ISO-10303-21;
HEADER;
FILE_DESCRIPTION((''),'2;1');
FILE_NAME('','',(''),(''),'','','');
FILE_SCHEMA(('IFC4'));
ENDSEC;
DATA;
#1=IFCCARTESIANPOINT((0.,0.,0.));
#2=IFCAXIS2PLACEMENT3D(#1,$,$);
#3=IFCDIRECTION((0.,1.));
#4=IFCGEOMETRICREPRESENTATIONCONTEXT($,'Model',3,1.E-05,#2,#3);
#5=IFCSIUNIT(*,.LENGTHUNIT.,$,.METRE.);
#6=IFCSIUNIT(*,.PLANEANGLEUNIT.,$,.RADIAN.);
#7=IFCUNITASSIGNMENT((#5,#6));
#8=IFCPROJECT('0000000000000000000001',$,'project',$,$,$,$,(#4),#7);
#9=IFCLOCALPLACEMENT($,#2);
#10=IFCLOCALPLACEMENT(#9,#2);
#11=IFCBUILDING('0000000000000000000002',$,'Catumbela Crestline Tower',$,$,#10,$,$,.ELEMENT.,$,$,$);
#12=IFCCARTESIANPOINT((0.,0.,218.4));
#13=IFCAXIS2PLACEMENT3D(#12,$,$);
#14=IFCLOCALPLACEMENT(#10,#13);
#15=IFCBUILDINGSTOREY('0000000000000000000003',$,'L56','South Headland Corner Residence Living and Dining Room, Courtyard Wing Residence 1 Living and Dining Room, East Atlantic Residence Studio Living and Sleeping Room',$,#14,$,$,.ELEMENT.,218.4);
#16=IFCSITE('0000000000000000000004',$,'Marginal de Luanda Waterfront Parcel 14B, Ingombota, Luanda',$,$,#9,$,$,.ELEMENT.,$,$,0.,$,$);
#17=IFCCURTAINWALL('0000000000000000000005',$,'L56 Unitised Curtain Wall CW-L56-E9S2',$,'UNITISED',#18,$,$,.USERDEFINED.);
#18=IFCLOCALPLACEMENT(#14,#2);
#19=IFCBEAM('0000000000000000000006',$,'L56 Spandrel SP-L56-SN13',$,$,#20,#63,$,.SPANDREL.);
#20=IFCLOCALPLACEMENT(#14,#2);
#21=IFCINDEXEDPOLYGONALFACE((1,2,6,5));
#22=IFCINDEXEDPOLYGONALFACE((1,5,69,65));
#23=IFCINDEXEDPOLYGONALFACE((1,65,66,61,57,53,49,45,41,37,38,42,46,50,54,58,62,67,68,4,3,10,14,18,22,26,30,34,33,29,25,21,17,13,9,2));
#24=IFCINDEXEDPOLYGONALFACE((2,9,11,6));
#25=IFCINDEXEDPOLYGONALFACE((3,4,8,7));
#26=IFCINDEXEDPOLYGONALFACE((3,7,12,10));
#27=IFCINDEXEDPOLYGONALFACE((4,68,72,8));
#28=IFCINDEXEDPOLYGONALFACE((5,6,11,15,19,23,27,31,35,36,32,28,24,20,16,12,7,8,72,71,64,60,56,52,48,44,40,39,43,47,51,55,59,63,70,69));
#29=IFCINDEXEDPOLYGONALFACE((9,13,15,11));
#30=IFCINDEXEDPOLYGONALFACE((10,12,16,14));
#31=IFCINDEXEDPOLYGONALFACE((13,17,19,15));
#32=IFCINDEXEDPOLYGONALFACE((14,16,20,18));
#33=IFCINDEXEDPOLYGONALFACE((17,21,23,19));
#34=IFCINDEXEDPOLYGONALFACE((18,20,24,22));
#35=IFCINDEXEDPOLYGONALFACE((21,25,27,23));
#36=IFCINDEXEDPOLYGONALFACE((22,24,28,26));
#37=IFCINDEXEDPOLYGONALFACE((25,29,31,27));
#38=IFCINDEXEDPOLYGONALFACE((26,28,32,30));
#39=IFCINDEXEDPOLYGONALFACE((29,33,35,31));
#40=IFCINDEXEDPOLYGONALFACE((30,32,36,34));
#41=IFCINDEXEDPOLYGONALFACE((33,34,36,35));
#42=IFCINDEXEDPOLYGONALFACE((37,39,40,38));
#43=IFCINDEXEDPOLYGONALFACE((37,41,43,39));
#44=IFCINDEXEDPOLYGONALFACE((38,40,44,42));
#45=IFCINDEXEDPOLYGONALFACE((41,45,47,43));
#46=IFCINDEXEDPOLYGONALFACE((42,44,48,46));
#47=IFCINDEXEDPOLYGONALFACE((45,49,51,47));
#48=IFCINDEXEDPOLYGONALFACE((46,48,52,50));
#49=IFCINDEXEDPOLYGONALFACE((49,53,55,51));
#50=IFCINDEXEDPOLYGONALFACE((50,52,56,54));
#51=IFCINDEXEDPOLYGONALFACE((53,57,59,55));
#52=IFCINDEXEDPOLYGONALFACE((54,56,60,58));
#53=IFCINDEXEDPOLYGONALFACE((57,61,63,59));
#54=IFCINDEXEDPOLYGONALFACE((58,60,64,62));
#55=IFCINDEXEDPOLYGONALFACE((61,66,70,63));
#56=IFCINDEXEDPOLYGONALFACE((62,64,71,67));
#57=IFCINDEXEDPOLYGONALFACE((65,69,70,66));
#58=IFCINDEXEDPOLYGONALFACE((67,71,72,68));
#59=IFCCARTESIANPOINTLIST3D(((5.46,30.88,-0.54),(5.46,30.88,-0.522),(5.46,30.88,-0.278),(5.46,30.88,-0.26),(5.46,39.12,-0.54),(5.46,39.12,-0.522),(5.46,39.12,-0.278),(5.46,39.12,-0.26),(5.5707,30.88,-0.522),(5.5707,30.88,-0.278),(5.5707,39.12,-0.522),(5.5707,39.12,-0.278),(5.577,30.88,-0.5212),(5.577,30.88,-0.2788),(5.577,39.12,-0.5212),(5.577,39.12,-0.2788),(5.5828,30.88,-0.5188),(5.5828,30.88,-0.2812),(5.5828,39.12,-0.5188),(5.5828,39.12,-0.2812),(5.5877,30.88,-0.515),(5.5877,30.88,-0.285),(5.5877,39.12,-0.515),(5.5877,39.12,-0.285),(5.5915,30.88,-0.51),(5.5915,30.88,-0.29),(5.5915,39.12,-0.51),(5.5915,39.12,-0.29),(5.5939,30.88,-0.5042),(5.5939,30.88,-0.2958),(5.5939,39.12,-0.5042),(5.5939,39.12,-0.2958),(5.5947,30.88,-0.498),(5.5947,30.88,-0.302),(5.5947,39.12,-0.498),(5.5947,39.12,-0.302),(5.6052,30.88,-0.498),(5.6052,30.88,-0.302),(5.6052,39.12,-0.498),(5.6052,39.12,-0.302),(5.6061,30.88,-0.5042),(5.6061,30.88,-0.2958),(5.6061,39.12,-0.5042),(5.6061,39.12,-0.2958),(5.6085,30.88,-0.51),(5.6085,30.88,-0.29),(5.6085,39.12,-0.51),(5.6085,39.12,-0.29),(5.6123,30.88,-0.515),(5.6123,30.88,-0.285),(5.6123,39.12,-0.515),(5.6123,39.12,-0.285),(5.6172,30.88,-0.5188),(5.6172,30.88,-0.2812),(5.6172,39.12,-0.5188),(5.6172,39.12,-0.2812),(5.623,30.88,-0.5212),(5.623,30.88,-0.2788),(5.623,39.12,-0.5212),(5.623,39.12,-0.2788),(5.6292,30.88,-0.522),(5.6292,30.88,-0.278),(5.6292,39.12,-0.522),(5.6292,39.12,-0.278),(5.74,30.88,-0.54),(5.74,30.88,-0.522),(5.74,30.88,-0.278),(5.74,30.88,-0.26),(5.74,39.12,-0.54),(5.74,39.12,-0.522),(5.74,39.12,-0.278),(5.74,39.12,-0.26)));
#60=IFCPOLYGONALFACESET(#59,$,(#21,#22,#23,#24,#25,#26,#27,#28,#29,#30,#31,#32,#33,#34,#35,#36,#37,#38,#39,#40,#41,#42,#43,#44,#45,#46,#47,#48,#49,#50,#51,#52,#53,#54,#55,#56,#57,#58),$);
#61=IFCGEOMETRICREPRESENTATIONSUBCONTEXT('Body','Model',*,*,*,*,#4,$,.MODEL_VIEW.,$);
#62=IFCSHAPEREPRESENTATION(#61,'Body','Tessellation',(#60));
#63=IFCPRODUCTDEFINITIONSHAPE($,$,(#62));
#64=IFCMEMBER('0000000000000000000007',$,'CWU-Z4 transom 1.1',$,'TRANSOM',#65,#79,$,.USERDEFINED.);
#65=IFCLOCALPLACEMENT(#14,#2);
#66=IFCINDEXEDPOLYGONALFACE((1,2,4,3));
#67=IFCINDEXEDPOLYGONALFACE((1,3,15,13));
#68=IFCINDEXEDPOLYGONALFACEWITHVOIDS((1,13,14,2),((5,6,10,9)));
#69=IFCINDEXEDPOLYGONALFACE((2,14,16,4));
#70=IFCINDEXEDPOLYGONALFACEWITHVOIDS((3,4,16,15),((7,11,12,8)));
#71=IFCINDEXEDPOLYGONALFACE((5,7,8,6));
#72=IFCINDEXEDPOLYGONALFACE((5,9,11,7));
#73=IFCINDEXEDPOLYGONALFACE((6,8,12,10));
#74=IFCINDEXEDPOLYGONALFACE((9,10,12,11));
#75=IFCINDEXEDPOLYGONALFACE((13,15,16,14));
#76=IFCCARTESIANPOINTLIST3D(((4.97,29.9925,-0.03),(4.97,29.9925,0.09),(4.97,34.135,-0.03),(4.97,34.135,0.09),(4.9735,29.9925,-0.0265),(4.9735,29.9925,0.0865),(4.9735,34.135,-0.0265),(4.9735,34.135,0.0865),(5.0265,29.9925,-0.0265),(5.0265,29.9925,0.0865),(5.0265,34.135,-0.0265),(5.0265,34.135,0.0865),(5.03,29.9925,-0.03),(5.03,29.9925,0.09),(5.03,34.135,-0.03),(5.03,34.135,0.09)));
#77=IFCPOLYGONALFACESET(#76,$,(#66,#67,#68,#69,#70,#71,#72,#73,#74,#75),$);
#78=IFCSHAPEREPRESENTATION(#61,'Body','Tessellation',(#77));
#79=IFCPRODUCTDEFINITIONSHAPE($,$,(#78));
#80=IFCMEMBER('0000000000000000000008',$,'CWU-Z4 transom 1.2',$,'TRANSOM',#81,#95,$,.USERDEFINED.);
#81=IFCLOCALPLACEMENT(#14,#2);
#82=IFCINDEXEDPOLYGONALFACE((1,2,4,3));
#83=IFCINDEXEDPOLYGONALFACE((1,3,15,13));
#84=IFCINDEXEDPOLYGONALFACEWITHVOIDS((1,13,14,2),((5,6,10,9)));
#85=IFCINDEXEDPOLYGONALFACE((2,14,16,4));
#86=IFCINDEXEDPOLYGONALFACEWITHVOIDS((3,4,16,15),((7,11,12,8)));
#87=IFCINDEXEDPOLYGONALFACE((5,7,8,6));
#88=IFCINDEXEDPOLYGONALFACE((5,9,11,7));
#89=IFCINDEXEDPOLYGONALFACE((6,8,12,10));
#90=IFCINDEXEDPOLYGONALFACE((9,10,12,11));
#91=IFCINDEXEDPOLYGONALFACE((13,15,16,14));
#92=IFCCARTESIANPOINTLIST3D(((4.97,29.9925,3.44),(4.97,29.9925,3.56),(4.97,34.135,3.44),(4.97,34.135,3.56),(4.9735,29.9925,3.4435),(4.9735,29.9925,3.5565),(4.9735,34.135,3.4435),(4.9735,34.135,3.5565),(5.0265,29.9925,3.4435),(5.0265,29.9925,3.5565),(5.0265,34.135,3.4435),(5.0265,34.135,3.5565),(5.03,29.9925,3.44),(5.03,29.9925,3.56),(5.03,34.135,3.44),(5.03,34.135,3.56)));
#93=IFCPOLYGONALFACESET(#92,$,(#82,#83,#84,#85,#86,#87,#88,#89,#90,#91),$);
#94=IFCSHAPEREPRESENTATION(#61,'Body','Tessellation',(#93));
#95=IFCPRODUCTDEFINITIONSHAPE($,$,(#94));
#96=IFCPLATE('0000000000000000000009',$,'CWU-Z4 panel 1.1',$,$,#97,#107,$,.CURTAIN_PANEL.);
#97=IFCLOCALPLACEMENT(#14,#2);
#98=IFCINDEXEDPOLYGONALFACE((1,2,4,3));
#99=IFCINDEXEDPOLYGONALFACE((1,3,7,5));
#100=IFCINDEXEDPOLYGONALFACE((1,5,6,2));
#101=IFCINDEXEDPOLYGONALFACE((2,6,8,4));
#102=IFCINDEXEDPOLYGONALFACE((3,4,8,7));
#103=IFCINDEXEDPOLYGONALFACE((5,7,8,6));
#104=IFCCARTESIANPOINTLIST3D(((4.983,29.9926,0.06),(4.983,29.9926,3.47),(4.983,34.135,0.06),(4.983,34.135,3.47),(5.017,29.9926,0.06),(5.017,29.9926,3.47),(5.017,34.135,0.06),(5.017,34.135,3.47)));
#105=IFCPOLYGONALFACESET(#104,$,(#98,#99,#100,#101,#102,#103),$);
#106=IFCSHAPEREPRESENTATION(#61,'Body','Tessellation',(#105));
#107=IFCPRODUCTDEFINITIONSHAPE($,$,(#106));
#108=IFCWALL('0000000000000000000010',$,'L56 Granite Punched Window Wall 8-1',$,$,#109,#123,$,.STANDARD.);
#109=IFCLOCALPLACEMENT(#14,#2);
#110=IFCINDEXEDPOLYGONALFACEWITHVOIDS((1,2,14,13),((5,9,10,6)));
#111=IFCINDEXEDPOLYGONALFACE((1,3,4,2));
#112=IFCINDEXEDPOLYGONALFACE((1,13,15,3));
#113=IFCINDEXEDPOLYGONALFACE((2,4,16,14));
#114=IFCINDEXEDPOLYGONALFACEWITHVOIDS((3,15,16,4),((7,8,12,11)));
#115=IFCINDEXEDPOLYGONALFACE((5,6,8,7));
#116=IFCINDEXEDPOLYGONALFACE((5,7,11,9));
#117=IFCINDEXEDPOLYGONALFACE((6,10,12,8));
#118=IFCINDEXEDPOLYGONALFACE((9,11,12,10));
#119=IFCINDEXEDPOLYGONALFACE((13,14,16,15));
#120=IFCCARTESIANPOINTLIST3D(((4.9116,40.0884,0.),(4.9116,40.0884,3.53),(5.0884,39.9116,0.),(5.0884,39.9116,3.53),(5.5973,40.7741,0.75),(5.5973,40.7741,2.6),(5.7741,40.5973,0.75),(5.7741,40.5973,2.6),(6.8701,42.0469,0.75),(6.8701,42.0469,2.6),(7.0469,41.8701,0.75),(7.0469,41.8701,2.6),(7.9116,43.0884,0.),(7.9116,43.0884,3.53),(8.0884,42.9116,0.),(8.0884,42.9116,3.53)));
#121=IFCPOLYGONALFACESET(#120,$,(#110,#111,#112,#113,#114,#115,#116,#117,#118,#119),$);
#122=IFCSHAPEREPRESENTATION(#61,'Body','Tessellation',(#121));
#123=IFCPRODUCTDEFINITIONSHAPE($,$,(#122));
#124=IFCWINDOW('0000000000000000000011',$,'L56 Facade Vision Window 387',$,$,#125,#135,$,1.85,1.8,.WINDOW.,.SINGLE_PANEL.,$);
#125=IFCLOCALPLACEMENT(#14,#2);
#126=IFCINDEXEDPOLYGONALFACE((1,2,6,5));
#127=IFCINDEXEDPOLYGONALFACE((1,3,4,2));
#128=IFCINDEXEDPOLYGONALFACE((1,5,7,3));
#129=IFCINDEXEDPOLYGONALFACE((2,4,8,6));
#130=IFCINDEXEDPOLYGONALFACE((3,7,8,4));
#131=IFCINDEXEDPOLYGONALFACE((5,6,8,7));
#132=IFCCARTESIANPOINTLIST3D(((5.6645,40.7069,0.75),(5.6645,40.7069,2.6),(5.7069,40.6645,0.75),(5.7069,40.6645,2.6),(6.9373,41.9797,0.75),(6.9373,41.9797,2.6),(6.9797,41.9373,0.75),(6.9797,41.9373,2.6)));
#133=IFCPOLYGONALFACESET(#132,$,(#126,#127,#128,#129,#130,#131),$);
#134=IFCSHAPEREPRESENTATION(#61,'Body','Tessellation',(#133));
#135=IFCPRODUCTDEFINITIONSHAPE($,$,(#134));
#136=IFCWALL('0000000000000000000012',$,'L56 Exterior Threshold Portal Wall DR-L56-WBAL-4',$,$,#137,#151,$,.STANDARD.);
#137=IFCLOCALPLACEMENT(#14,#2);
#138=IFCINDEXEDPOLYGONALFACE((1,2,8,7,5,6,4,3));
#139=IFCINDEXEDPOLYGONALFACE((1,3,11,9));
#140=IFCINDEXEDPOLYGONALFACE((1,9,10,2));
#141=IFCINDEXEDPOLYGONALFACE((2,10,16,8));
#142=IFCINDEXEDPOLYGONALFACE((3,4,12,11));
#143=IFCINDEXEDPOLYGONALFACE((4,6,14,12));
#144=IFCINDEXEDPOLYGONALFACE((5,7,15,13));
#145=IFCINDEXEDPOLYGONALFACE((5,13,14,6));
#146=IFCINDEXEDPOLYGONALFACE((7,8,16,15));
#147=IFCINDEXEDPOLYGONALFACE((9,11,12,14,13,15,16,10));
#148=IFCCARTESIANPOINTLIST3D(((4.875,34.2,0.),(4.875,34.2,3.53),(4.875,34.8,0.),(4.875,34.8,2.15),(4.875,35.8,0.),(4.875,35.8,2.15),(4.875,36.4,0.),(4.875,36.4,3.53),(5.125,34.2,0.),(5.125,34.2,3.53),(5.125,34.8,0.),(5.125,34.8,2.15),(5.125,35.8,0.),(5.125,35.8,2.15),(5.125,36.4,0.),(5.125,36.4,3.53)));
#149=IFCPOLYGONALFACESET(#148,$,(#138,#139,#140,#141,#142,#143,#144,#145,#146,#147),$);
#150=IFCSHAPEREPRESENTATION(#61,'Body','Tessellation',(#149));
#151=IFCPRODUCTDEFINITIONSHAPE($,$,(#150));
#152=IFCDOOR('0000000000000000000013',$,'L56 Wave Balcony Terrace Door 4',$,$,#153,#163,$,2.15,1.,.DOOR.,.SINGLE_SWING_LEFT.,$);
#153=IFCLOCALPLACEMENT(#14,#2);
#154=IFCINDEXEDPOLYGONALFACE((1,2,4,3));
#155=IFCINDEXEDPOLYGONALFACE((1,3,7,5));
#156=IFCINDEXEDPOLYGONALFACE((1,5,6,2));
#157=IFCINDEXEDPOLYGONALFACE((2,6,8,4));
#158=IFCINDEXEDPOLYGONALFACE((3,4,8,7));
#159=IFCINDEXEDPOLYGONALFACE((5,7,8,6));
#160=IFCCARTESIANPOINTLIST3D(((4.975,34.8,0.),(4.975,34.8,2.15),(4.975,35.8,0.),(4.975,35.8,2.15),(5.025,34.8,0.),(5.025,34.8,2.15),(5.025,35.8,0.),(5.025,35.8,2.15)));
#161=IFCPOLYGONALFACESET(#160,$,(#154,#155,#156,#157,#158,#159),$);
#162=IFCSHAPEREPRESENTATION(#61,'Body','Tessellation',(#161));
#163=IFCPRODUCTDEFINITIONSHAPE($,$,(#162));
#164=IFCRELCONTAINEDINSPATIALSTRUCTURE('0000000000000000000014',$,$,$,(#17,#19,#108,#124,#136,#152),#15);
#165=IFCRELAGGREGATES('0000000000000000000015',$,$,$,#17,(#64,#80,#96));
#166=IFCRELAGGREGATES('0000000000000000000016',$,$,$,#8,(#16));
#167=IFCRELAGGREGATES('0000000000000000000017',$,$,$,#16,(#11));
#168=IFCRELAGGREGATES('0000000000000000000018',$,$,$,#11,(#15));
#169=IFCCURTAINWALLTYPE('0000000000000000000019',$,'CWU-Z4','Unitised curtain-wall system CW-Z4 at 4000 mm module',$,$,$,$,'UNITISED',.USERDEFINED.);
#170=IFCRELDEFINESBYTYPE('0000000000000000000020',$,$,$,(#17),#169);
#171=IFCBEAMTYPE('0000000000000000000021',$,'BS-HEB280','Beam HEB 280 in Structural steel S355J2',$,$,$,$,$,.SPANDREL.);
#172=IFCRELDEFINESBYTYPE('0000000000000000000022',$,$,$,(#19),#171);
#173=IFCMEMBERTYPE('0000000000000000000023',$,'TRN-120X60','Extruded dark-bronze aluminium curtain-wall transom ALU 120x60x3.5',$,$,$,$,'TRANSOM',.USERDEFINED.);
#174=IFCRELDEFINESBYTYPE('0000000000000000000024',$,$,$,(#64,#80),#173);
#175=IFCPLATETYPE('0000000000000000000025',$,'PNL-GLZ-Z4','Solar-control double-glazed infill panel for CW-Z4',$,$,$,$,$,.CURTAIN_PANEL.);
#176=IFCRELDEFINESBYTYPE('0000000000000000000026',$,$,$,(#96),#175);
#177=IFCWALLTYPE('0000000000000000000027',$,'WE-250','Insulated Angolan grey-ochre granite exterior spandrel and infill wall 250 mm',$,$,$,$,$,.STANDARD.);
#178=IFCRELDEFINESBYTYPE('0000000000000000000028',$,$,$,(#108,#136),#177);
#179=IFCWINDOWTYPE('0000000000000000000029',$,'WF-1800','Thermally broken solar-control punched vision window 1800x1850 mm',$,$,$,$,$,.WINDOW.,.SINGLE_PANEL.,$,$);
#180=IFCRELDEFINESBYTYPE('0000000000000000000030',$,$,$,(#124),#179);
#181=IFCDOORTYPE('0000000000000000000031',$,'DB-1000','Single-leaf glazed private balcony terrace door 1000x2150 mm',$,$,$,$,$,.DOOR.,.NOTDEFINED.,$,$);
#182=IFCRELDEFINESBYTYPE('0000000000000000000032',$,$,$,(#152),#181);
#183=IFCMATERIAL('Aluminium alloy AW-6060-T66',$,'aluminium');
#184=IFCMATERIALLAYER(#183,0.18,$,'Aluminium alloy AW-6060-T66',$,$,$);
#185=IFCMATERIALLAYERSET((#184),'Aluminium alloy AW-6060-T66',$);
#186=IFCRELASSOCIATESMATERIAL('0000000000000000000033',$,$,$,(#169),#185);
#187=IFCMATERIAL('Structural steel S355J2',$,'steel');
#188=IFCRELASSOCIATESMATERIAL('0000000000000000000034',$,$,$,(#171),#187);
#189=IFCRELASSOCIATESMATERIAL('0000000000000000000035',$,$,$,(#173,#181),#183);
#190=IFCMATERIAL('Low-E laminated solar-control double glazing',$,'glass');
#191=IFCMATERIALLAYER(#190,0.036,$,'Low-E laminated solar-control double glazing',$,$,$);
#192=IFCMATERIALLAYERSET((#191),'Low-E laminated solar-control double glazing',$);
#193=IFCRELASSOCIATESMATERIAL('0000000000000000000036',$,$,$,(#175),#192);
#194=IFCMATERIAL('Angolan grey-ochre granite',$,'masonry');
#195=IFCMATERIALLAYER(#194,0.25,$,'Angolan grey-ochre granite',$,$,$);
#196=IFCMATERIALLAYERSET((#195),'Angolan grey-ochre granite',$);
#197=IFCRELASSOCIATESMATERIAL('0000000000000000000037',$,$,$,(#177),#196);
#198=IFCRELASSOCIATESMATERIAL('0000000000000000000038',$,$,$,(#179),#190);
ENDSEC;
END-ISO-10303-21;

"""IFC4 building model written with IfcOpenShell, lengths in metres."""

from ifc_helpers import new_model, si_unit, direction, frame, frame_2d, origin, origin_2d, place, context, subcontext, project, spatial, rectangle, hollow_rectangle, i_section, extrude, material, layer, layer_set, material_profile, profile_set, type_object, element, fill, aggregate, save


model = new_model("IFC4")

# Units and contexts
model_context = context("Model", 3, precision=1e-05, world=origin(), true_north=direction((0.0, 1.0)))
body_context = subcontext(model_context, "Body", "Model", "MODEL_VIEW")
ifc_project = project(units=[si_unit("LENGTHUNIT", "METRE"), si_unit("PLANEANGLEUNIT", "RADIAN")], contexts=[model_context])

# Site, building, storey
site_placement = place(None, origin())
site = spatial("IfcSite", under=ifc_project, at=site_placement, Name="Marginal de Luanda Waterfront Parcel 14B, Ingombota, Luanda", CompositionType="ELEMENT", RefElevation=0.0)
building_placement = place(site_placement, origin())
building = spatial("IfcBuilding", under=site, at=building_placement, Name="Catumbela Crestline Tower", CompositionType="ELEMENT")
storey_placement = place(building_placement, frame((0.0, 0.0, 218.4)))
storey = spatial("IfcBuildingStorey", under=building, at=storey_placement, Name="L56", Description="South Headland Corner Residence Living and Dining Room, Courtyard Wing Residence 1 Living and Dining Room, East Atlantic Residence Studio Living and Sleeping Room", CompositionType="ELEMENT", Elevation=218.4)

# Shared definitions
ifc_material_1 = material(Name="Structural steel S355J2", Category="steel")

# Curtain wall
ifc_material_2 = material(Name="Aluminium alloy AW-6060-T66", Category="aluminium")
ifc_layer_1 = layer(ifc_material_2, 0.18, Name="Aluminium alloy AW-6060-T66")
ifc_layer_set_1 = layer_set([ifc_layer_1], Name="Aluminium alloy AW-6060-T66")
curtain_wall_type = type_object("IfcCurtainWallType", Name="CWU-Z4", Description="Unitised curtain-wall system CW-Z4 at 4000 mm module", ElementType="UNITISED", PredefinedType="USERDEFINED", material=ifc_layer_set_1)
curtain_wall_1_placement = place(storey_placement, origin())
curtain_wall_1 = element("IfcCurtainWall", 1, at=curtain_wall_1_placement, inside=storey, type_object=curtain_wall_type, Name="L56 Unitised Curtain Wall CW-L56-E9S2", ObjectType="UNITISED", PredefinedType="USERDEFINED")

# Beam
ifc_material_profile_1 = material_profile(ifc_material_1, i_section(OverallWidth=0.28, OverallDepth=0.28, WebThickness=0.0105, FlangeThickness=0.018, FilletRadius=0.024, at=origin_2d()), Name="HEB 280")
ifc_profile_set_1 = profile_set([ifc_material_profile_1], Name="Structural steel S355J2")
beam_type = type_object("IfcBeamType", Name="BS-HEB280", Description="Beam HEB 280 in Structural steel S355J2", PredefinedType="SPANDREL", material=ifc_profile_set_1)
beam_1_placement = place(storey_placement, frame((5.6, 30.88, -0.4), z_axis=(0.0, 1.0, 0.0), x_axis=(-1.0, 0.0, 0.0)))
element("IfcBeam", 2, at=beam_1_placement, inside=storey, type_object=beam_type, Name="L56 Spandrel SP-L56-SN13", PredefinedType="SPANDREL", context=body_context, shape_type="SweptSolid", body=[
    extrude(i_section(OverallWidth=0.28, OverallDepth=0.28, WebThickness=0.0105, FlangeThickness=0.018, FilletRadius=0.024, at=origin_2d()), origin(), (0.0, 0.0, 1.0), 8.24),
])

# Members
ifc_material_profile_2 = material_profile(ifc_material_2, hollow_rectangle(XDim=0.06, YDim=0.12, WallThickness=0.0035, at=origin_2d()), Name="ALU 120x60x3.5")
ifc_profile_set_2 = profile_set([ifc_material_profile_2], Name="Aluminium alloy AW-6060-T66")
member_type_1 = type_object("IfcMemberType", Name="TRN-120X60", Description="Extruded dark-bronze aluminium curtain-wall transom ALU 120x60x3.5", ElementType="TRANSOM", PredefinedType="USERDEFINED", material=ifc_profile_set_2)
member_1_placement = place(storey_placement, frame((5.0, 34.135, 0.03), z_axis=(0.0, -1.0, 0.0), x_axis=(1.0, 0.0, 0.0)))
member_1 = element("IfcMember", 3, at=member_1_placement, type_object=member_type_1, Name="CWU-Z4 transom 1.1", ObjectType="TRANSOM", PredefinedType="USERDEFINED", context=body_context, shape_type="SweptSolid", body=[
    extrude(hollow_rectangle(XDim=0.06, YDim=0.12, WallThickness=0.0035, at=origin_2d()), origin(), (0.0, 0.0, 1.0), 4.1425),
])
member_2_placement = place(storey_placement, frame((5.0, 34.135, 3.5), z_axis=(0.0, -1.0, 0.0), x_axis=(1.0, 0.0, 0.0)))
member_2 = element("IfcMember", 4, at=member_2_placement, type_object=member_type_1, Name="CWU-Z4 transom 1.2", ObjectType="TRANSOM", PredefinedType="USERDEFINED", context=body_context, shape_type="SweptSolid", body=[
    extrude(hollow_rectangle(XDim=0.06, YDim=0.12, WallThickness=0.0035, at=origin_2d()), origin(), (0.0, 0.0, 1.0), 4.1425),
])

# Plate
ifc_material_3 = material(Name="Low-E laminated solar-control double glazing", Category="glass")
ifc_layer_2 = layer(ifc_material_3, 0.036, Name="Low-E laminated solar-control double glazing")
ifc_layer_set_2 = layer_set([ifc_layer_2], Name="Low-E laminated solar-control double glazing")
plate_type = type_object("IfcPlateType", Name="PNL-GLZ-Z4", Description="Solar-control double-glazed infill panel for CW-Z4", PredefinedType="CURTAIN_PANEL", material=ifc_layer_set_2)
plate_placement = place(storey_placement, frame((5.0, 32.0638, 0.06), z_axis=(0.0, 0.0, 1.0), x_axis=(0.0, -1.0, 0.0)))
plate = element("IfcPlate", 5, at=plate_placement, type_object=plate_type, Name="CWU-Z4 panel 1.1", PredefinedType="CURTAIN_PANEL", context=body_context, shape_type="SweptSolid", body=[
    extrude(rectangle(XDim=4.1425, YDim=0.034, at=origin_2d()), origin(), (0.0, 0.0, 1.0), 3.41),
])
aggregate(curtain_wall_1, [member_1, member_2, plate])

# Wall, opening, window
ifc_material_4 = material(Name="Angolan grey-ochre granite", Category="masonry")
ifc_layer_3 = layer(ifc_material_4, 0.25, Name="Angolan grey-ochre granite")
ifc_layer_set_3 = layer_set([ifc_layer_3], Name="Angolan grey-ochre granite")
wall_type_1 = type_object("IfcWallType", Name="WE-250", Description="Insulated Angolan grey-ochre granite exterior spandrel and infill wall 250 mm", PredefinedType="STANDARD", material=ifc_layer_set_3)
wall_1_placement = place(storey_placement, frame((8.0, 43.0, 0.0), z_axis=(0.0, 0.0, 1.0), x_axis=(-0.707107, -0.707107, 0.0)))
wall_1 = element("IfcWall", 6, at=wall_1_placement, inside=storey, type_object=wall_type_1, Name="L56 Granite Punched Window Wall 8-1", PredefinedType="STANDARD", context=body_context, shape_type="SweptSolid", body=[
    extrude(rectangle(XDim=4.2426, YDim=0.25, at=frame_2d((2.1213, 0.0))), origin(), (0.0, 0.0, 1.0), 3.53),
])
opening_1_placement = place(wall_1_placement, frame((1.4729, 0.0, 0.75)))
opening_1 = element("IfcOpeningElement", 7, at=opening_1_placement, cuts=wall_1, PredefinedType="OPENING", context=body_context, shape_type="SweptSolid", body=[
    extrude(rectangle(XDim=1.8, YDim=1.85, at=frame_2d((0.9, 0.925))), frame((0.0, 0.135, 0.0), z_axis=(0.0, -1.0, 0.0), x_axis=(1.0, 0.0, 0.0)), (0.0, 0.0, 1.0), 0.27),
])
window_type_1 = type_object("IfcWindowType", Name="WF-1800", Description="Thermally broken solar-control punched vision window 1800x1850 mm", PartitioningType="SINGLE_PANEL", PredefinedType="WINDOW", material=ifc_material_3)
window_1_placement = place(opening_1_placement, origin())
window_1 = element("IfcWindow", 8, at=window_1_placement, inside=storey, type_object=window_type_1, Name="L56 Facade Vision Window 387", OverallHeight=1.85, OverallWidth=1.8, PartitioningType="SINGLE_PANEL", PredefinedType="WINDOW", context=body_context, shape_type="SweptSolid", body=[
    extrude(rectangle(XDim=1.8, YDim=1.85, at=frame_2d((0.9, 0.925))), frame((0.0, 0.03, 0.0), z_axis=(0.0, -1.0, 0.0), x_axis=(1.0, 0.0, 0.0)), (0.0, 0.0, 1.0), 0.06),
])
fill(opening_1, window_1)

# Wall, opening, door
wall_2_placement = place(storey_placement, frame((5.0, 36.4, 0.0), z_axis=(0.0, 0.0, 1.0), x_axis=(0.0, -1.0, 0.0)))
wall_2 = element("IfcWall", 9, at=wall_2_placement, inside=storey, type_object=wall_type_1, Name="L56 Exterior Threshold Portal Wall DR-L56-WBAL-4", PredefinedType="STANDARD", context=body_context, shape_type="SweptSolid", body=[
    extrude(rectangle(XDim=2.2, YDim=0.25, at=frame_2d((1.1, 0.0))), origin(), (0.0, 0.0, 1.0), 3.53),
])
opening_2_placement = place(wall_2_placement, frame((0.6, 0.0, 0.0)))
opening_2 = element("IfcOpeningElement", 10, at=opening_2_placement, cuts=wall_2, PredefinedType="OPENING", context=body_context, shape_type="SweptSolid", body=[
    extrude(rectangle(XDim=1.0, YDim=2.15, at=frame_2d((0.5, 1.075))), frame((0.0, 0.135, 0.0), z_axis=(0.0, -1.0, 0.0), x_axis=(1.0, 0.0, 0.0)), (0.0, 0.0, 1.0), 0.27),
])
door_type_1 = type_object("IfcDoorType", Name="DB-1000", Description="Single-leaf glazed private balcony terrace door 1000x2150 mm", OperationType="NOTDEFINED", PredefinedType="DOOR", material=ifc_material_2)
door_1_placement = place(opening_2_placement, origin())
door_1 = element("IfcDoor", 11, at=door_1_placement, inside=storey, type_object=door_type_1, Name="L56 Wave Balcony Terrace Door 4", OperationType="SINGLE_SWING_LEFT", OverallHeight=2.15, OverallWidth=1.0, PredefinedType="DOOR", context=body_context, shape_type="SweptSolid", body=[
    extrude(rectangle(XDim=1.0, YDim=2.15, at=frame_2d((0.5, 1.075))), frame((0.0, 0.025, 0.0), z_axis=(0.0, -1.0, 0.0), x_axis=(1.0, 0.0, 0.0)), (0.0, 0.0, 1.0), 0.05),
])
fill(opening_2, door_1)

save(model, "model.ifc")
